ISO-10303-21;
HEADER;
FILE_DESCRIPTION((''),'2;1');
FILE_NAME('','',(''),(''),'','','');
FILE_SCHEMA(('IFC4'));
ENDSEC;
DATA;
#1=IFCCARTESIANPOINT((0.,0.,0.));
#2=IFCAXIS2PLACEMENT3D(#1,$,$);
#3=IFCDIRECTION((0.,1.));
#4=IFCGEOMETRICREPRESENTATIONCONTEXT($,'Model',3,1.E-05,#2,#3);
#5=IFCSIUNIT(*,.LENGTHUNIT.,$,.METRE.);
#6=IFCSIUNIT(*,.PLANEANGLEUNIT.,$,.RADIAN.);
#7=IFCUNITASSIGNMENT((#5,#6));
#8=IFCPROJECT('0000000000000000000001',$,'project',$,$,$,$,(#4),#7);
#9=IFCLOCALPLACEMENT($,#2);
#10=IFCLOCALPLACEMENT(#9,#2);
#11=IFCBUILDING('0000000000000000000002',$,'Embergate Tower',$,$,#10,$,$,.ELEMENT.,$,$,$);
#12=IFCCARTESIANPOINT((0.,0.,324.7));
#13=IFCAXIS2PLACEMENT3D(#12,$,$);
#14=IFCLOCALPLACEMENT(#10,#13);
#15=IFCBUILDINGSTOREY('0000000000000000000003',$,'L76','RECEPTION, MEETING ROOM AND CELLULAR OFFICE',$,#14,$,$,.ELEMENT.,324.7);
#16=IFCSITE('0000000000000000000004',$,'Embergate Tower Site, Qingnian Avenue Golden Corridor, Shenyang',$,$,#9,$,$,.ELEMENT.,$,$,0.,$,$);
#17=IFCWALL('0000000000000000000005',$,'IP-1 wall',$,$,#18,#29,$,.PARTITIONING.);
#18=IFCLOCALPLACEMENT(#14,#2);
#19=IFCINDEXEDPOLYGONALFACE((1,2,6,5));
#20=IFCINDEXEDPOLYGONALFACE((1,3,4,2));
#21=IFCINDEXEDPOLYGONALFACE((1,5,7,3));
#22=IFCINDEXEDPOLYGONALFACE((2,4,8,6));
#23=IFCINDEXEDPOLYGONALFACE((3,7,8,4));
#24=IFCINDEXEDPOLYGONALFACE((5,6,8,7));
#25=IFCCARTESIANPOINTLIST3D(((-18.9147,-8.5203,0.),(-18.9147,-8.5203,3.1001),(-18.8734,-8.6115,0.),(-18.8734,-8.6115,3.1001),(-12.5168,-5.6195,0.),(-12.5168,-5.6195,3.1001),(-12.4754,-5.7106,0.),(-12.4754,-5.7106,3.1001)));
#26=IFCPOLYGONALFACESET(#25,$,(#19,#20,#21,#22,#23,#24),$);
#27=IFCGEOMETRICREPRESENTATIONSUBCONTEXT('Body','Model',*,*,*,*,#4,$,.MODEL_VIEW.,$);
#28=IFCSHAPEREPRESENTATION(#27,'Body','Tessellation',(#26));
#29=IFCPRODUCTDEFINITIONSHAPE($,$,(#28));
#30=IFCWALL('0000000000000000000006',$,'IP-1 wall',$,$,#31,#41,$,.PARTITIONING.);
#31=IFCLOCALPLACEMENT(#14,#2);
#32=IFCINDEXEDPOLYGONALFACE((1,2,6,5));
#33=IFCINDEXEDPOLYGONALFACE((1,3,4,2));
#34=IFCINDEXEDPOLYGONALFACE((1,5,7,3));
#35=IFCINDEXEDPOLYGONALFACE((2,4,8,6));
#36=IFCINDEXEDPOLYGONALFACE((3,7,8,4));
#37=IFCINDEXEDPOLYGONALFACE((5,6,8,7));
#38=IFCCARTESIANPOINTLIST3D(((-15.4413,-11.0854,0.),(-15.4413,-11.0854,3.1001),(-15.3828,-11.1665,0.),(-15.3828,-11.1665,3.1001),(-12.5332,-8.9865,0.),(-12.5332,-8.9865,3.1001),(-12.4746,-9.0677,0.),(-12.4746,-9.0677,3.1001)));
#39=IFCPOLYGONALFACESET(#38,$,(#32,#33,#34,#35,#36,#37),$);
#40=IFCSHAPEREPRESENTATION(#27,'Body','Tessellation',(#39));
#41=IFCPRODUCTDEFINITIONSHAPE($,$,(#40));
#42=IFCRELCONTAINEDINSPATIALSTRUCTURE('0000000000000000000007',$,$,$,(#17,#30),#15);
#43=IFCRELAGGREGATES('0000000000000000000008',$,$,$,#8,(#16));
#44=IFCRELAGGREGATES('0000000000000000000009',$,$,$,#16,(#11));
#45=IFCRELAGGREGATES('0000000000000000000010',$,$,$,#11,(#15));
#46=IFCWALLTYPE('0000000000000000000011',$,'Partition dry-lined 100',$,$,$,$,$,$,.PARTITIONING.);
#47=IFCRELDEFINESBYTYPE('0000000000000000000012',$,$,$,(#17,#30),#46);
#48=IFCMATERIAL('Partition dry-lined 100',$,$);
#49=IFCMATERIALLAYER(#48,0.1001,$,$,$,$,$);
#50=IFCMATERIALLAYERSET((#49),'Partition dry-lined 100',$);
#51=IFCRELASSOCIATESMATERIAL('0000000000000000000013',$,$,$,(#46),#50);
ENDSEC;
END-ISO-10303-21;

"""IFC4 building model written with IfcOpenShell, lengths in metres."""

from ifc_helpers import new_model, si_unit, direction, frame, frame_2d, origin, place, context, subcontext, project, spatial, rectangle, extrude, source, transform, mapped, material, layer, layer_set, type_object, element, save


model = new_model("IFC4")

# Units and contexts
model_context = context("Model", 3, precision=1e-05, world=origin(), true_north=direction((0.0, 1.0)))
body_context = subcontext(model_context, "Body", "Model", "MODEL_VIEW")
ifc_project = project(units=[si_unit("LENGTHUNIT", "METRE"), si_unit("PLANEANGLEUNIT", "RADIAN")], contexts=[model_context])

# Site, building, storey
site_placement = place(None, origin())
site = spatial("IfcSite", under=ifc_project, at=site_placement, Name="Embergate Tower Site, Qingnian Avenue Golden Corridor, Shenyang", CompositionType="ELEMENT", RefElevation=0.0)
building_placement = place(site_placement, origin())
building = spatial("IfcBuilding", under=site, at=building_placement, Name="Embergate Tower", CompositionType="ELEMENT")
storey_placement = place(building_placement, frame((0.0, 0.0, 324.7)))
storey = spatial("IfcBuildingStorey", under=building, at=storey_placement, Name="L76", Description="RECEPTION, MEETING ROOM AND CELLULAR OFFICE", CompositionType="ELEMENT", Elevation=324.7)

# Walls
ifc_material_1 = material(Name="Partition dry-lined 100")
ifc_layer_1 = layer(ifc_material_1, 0.1001)
ifc_layer_set_1 = layer_set([ifc_layer_1], Name="Partition dry-lined 100")
wall_type_1 = type_object("IfcWallType", Name="Partition dry-lined 100", PredefinedType="PARTITIONING", material=ifc_layer_set_1)
shared_shape_1 = source(origin(), body_context, "Body", "SweptSolid", [
    extrude(rectangle(XDim=7.0249, YDim=0.1001, at=frame_2d((3.5125, 0.0))), origin(), (0.0, 0.0, 1.0), 3.1001),
])
wall_1_placement = place(storey_placement, frame((-12.4961, -5.665, 0.0), z_axis=(0.0, 0.0, 1.0), x_axis=(-0.910756, -0.412944, 0.0)))
element("IfcWall", 1, at=wall_1_placement, inside=storey, type_object=wall_type_1, Name="IP-1 wall", PredefinedType="PARTITIONING", context=body_context, shape_type="MappedRepresentation", body=[
    mapped(shared_shape_1, transform((0.0, 0.0, 0.0))),
])
shared_shape_2 = source(origin(), body_context, "Body", "SweptSolid", [
    extrude(rectangle(XDim=3.5864, YDim=0.1001, at=frame_2d((1.7932, 0.0))), origin(), (0.0, 0.0, 1.0), 3.1001),
])
wall_2_placement = place(storey_placement, frame((-12.5039, -9.0271, 0.0), z_axis=(0.0, 0.0, 1.0), x_axis=(-0.810877, -0.585217, 0.0)))
element("IfcWall", 2, at=wall_2_placement, inside=storey, type_object=wall_type_1, Name="IP-1 wall", PredefinedType="PARTITIONING", context=body_context, shape_type="MappedRepresentation", body=[
    mapped(shared_shape_2, transform((0.0, 0.0, 0.0))),
])

save(model, "model.ifc")
